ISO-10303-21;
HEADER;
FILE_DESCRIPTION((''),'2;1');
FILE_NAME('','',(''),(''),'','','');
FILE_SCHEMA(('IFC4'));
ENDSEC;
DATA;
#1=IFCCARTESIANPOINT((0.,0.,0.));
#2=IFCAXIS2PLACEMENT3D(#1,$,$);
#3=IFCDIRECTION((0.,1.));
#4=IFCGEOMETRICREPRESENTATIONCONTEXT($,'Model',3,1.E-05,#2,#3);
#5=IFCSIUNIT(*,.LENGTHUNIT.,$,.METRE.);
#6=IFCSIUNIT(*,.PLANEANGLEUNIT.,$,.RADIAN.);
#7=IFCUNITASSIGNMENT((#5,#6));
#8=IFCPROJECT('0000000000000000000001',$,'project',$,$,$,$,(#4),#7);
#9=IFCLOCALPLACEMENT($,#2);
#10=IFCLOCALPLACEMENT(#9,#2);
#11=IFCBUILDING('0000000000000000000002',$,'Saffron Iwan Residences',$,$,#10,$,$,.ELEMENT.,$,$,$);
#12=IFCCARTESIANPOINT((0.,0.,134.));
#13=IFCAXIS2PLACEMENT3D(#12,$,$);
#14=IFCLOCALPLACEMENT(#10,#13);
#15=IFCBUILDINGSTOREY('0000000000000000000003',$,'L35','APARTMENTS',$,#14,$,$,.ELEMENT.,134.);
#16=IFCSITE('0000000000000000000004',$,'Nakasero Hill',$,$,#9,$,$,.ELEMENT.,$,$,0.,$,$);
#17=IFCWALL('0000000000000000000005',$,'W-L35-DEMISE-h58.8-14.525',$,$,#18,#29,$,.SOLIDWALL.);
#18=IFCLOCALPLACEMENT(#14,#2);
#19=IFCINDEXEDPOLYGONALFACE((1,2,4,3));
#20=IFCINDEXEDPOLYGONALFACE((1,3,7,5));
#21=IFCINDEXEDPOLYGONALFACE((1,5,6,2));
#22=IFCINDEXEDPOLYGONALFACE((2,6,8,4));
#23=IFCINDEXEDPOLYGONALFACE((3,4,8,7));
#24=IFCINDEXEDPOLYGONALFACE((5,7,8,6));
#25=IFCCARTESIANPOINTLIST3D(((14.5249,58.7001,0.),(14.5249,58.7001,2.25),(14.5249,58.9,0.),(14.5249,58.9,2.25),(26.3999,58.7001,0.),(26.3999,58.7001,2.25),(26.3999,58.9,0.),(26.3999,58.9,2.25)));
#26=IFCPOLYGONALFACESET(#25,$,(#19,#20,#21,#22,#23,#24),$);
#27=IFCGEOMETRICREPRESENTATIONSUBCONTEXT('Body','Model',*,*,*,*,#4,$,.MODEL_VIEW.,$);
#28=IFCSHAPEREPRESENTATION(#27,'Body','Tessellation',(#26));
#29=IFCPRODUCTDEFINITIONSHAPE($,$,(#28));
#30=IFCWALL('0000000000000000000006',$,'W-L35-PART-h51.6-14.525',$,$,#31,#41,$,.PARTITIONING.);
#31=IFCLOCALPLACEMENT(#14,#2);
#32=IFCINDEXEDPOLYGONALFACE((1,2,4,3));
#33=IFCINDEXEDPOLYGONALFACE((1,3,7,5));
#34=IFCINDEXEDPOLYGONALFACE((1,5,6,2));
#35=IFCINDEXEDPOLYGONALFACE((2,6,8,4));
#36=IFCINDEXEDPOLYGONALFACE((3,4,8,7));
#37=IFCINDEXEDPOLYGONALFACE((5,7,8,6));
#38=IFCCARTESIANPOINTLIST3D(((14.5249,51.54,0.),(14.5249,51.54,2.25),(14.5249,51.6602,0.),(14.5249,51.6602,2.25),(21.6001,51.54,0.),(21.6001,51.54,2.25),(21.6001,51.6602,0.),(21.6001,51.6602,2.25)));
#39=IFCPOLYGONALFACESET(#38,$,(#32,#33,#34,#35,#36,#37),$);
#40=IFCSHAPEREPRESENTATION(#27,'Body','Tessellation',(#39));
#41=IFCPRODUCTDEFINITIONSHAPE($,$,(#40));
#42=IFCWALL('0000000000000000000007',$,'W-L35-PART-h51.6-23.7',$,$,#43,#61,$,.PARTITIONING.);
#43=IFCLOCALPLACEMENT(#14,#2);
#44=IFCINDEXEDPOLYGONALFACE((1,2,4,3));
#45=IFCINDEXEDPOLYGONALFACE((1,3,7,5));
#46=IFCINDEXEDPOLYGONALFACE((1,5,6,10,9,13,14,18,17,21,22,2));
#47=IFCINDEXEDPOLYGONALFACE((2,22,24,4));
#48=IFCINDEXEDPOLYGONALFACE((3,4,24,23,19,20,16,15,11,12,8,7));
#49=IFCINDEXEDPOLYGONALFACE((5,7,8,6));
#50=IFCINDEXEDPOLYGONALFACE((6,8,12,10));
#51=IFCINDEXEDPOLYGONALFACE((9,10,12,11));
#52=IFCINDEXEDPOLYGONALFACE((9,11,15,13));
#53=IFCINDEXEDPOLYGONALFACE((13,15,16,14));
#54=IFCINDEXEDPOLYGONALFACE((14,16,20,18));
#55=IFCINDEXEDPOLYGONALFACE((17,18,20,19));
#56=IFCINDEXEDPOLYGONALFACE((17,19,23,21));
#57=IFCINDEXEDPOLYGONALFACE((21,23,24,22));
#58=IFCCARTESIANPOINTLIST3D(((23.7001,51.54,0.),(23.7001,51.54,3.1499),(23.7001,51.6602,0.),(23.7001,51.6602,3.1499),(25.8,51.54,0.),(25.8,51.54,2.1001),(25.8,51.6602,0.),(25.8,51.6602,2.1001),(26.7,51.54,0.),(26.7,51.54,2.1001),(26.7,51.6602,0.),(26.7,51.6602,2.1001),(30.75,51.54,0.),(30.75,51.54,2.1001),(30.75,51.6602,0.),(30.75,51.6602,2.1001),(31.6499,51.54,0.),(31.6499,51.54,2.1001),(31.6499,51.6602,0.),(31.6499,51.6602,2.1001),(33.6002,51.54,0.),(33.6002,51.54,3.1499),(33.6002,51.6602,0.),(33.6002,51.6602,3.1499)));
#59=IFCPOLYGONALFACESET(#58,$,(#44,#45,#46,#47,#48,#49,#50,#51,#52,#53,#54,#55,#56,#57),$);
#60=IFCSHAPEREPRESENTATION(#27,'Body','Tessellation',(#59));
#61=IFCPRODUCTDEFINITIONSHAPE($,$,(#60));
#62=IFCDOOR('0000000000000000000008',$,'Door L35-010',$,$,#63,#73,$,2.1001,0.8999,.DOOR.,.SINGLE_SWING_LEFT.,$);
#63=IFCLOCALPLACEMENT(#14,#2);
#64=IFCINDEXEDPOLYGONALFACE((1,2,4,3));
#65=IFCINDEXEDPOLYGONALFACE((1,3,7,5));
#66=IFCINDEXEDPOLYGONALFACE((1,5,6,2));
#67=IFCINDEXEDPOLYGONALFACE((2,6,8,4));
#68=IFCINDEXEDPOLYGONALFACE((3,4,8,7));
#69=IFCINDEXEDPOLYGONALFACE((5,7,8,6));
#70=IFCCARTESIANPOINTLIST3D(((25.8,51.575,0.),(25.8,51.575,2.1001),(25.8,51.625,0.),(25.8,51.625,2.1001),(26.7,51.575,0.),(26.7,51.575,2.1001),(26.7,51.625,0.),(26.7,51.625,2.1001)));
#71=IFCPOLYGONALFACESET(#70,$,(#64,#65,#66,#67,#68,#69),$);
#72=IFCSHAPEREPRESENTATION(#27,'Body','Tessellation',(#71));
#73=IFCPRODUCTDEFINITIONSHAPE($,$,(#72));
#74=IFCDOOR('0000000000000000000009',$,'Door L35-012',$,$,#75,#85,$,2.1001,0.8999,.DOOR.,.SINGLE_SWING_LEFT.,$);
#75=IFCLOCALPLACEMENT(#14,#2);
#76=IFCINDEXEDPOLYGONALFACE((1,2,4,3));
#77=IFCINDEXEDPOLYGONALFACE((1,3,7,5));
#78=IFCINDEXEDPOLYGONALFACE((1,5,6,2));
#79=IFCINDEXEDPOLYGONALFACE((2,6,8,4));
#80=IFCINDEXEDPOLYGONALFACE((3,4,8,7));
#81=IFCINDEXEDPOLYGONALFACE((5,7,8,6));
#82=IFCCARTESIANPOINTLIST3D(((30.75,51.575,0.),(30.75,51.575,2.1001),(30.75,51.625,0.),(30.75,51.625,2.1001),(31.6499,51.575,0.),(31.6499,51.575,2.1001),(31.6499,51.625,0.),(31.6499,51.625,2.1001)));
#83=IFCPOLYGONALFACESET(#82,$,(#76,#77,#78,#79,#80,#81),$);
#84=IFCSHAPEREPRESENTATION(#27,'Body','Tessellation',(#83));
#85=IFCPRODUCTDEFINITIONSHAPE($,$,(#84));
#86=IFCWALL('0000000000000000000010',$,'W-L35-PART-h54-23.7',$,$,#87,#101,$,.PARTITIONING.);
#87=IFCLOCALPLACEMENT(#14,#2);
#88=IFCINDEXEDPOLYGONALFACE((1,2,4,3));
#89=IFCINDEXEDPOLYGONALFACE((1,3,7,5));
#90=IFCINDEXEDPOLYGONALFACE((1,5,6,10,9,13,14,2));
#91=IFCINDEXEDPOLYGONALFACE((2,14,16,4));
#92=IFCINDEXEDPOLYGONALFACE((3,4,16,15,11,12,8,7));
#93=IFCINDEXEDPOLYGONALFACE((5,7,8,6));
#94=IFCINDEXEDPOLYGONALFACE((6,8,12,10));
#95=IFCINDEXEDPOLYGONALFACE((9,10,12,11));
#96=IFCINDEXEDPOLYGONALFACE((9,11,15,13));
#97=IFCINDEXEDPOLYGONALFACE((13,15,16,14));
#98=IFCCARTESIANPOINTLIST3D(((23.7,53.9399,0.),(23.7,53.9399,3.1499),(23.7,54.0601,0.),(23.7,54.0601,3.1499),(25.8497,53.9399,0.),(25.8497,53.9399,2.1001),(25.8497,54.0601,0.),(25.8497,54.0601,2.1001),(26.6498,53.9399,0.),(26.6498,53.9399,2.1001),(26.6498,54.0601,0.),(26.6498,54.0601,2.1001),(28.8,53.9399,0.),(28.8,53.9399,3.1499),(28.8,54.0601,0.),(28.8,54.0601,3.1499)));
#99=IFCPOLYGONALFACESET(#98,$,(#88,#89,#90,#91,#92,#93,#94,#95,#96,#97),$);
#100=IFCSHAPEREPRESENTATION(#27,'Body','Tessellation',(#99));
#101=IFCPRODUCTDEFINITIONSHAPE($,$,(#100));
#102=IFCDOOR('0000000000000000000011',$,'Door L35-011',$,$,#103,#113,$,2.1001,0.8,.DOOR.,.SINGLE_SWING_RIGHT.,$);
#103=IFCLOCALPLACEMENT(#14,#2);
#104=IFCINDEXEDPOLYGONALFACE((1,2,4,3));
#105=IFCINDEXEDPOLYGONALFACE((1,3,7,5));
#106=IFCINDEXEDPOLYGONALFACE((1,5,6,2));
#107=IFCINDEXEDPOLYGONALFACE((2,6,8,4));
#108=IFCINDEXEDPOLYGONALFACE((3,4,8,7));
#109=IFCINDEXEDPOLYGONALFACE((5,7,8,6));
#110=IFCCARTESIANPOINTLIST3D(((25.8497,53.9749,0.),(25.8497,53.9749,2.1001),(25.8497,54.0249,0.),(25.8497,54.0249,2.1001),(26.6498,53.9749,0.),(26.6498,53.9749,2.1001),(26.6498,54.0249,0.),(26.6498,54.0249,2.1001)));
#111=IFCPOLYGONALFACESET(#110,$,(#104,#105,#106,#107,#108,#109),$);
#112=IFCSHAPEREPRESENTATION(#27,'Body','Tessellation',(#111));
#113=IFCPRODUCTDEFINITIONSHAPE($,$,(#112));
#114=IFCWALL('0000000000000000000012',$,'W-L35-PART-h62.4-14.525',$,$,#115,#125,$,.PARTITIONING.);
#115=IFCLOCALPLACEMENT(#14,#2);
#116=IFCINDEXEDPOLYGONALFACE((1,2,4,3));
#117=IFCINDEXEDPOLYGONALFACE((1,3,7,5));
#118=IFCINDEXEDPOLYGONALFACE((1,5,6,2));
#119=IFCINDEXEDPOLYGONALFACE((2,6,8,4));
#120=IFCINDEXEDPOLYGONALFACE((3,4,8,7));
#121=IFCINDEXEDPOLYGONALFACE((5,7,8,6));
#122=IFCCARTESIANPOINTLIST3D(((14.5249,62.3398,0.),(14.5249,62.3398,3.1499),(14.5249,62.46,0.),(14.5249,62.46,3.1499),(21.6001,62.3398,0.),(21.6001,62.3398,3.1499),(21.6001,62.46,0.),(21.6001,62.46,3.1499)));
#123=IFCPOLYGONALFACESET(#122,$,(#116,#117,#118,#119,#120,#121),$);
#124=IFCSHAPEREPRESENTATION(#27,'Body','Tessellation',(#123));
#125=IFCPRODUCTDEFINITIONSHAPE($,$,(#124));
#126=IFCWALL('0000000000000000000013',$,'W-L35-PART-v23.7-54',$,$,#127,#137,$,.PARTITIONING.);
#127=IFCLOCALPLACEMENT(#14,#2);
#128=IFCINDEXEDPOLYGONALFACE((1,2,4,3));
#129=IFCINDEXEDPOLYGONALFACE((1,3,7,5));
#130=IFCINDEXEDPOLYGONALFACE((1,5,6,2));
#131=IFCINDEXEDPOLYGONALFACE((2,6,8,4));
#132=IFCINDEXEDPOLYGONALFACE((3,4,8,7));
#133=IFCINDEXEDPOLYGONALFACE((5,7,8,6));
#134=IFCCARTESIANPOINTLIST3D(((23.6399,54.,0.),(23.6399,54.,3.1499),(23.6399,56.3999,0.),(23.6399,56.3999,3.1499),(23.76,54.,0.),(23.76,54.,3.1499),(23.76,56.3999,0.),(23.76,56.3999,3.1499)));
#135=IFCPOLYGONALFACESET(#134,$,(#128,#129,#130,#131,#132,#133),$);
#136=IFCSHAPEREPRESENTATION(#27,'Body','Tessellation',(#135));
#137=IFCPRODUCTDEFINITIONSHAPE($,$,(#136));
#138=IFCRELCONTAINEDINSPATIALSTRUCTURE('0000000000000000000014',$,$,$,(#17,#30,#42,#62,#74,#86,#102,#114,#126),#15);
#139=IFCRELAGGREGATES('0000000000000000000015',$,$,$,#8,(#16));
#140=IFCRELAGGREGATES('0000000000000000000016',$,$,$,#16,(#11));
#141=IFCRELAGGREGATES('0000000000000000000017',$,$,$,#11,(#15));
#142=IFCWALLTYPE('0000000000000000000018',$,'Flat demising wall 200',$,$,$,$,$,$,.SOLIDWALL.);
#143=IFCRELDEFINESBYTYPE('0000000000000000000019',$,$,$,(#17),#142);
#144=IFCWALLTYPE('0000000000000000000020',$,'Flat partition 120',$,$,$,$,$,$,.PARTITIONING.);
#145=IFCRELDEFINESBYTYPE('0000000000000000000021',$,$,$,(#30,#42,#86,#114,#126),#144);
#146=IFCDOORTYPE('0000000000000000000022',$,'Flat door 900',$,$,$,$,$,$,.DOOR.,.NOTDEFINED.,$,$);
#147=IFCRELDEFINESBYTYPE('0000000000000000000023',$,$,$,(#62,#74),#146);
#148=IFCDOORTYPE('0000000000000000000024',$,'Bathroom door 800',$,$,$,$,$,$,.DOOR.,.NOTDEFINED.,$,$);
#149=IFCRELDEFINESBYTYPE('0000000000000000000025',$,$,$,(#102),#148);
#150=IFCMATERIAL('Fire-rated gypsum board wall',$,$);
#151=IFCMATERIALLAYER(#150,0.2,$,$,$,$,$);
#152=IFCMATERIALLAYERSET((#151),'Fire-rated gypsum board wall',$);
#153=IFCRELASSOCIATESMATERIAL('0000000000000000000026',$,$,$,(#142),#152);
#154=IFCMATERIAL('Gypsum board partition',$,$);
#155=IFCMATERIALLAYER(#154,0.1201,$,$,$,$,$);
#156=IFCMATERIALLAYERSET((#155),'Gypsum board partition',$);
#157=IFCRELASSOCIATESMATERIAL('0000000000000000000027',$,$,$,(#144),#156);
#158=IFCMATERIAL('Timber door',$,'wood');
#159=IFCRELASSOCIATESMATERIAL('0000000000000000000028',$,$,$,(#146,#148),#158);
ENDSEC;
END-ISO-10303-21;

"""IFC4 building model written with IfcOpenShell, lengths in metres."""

from ifc_helpers import new_model, si_unit, direction, frame, frame_2d, origin, place, context, subcontext, project, spatial, rectangle, extrude, material, layer, layer_set, type_object, element, fill, save


model = new_model("IFC4")

# Units and contexts
model_context = context("Model", 3, precision=1e-05, world=origin(), true_north=direction((0.0, 1.0)))
body_context = subcontext(model_context, "Body", "Model", "MODEL_VIEW")
ifc_project = project(units=[si_unit("LENGTHUNIT", "METRE"), si_unit("PLANEANGLEUNIT", "RADIAN")], contexts=[model_context])

# Site, building, storey
site_placement = place(None, origin())
site = spatial("IfcSite", under=ifc_project, at=site_placement, Name="Nakasero Hill", CompositionType="ELEMENT", RefElevation=0.0)
building_placement = place(site_placement, origin())
building = spatial("IfcBuilding", under=site, at=building_placement, Name="Saffron Iwan Residences", CompositionType="ELEMENT")
storey_placement = place(building_placement, frame((0.0, 0.0, 134.0)))
storey = spatial("IfcBuildingStorey", under=building, at=storey_placement, Name="L35", Description="APARTMENTS", CompositionType="ELEMENT", Elevation=134.0)

# Walls
ifc_material_1 = material(Name="Fire-rated gypsum board wall")
ifc_layer_1 = layer(ifc_material_1, 0.2)
ifc_layer_set_1 = layer_set([ifc_layer_1], Name="Fire-rated gypsum board wall")
wall_type_1 = type_object("IfcWallType", Name="Flat demising wall 200", PredefinedType="SOLIDWALL", material=ifc_layer_set_1)
wall_1_placement = place(storey_placement, frame((14.5249, 58.8, 0.0), z_axis=(0.0, 0.0, 1.0), x_axis=(1.0, 0.0, 0.0)))
element("IfcWall", 1, at=wall_1_placement, inside=storey, type_object=wall_type_1, Name="W-L35-DEMISE-h58.8-14.525", PredefinedType="SOLIDWALL", context=body_context, shape_type="SweptSolid", body=[
    extrude(rectangle(XDim=11.875, YDim=0.2, at=frame_2d((5.9375, 0.0))), origin(), (0.0, 0.0, 1.0), 2.25),
])
ifc_material_2 = material(Name="Gypsum board partition")
ifc_layer_2 = layer(ifc_material_2, 0.1201)
ifc_layer_set_2 = layer_set([ifc_layer_2], Name="Gypsum board partition")
wall_type_2 = type_object("IfcWallType", Name="Flat partition 120", PredefinedType="PARTITIONING", material=ifc_layer_set_2)
wall_2_placement = place(storey_placement, frame((14.5249, 51.6001, 0.0), z_axis=(0.0, 0.0, 1.0), x_axis=(1.0, 0.0, 0.0)))
element("IfcWall", 2, at=wall_2_placement, inside=storey, type_object=wall_type_2, Name="W-L35-PART-h51.6-14.525", PredefinedType="PARTITIONING", context=body_context, shape_type="SweptSolid", body=[
    extrude(rectangle(XDim=7.0752, YDim=0.1201, at=frame_2d((3.5376, 0.0))), origin(), (0.0, 0.0, 1.0), 2.25),
])

# Wall, openings, doors
wall_3_placement = place(storey_placement, frame((23.7, 51.6001, 0.0), z_axis=(0.0, 0.0, 1.0), x_axis=(1.0, 0.0, 0.0)))
wall_3 = element("IfcWall", 3, at=wall_3_placement, inside=storey, type_object=wall_type_2, Name="W-L35-PART-h51.6-23.7", PredefinedType="PARTITIONING", context=body_context, shape_type="SweptSolid", body=[
    extrude(rectangle(XDim=9.9001, YDim=0.1201, at=frame_2d((4.9502, 0.0))), origin(), (0.0, 0.0, 1.0), 3.1499),
])
opening_1_placement = place(wall_3_placement, frame((2.1001, 0.0, 0.0)))
opening_1 = element("IfcOpeningElement", 4, at=opening_1_placement, cuts=wall_3, PredefinedType="OPENING", context=body_context, shape_type="SweptSolid", body=[
    extrude(rectangle(XDim=0.8999, YDim=2.1001, at=frame_2d((0.45, 1.05))), frame((0.0, 0.0701, 0.0), z_axis=(0.0, -1.0, 0.0), x_axis=(1.0, 0.0, 0.0)), (0.0, 0.0, 1.0), 0.1401),
])
opening_2_placement = place(wall_3_placement, frame((7.05, 0.0, 0.0)))
opening_2 = element("IfcOpeningElement", 5, at=opening_2_placement, cuts=wall_3, PredefinedType="OPENING", context=body_context, shape_type="SweptSolid", body=[
    extrude(rectangle(XDim=0.8999, YDim=2.1001, at=frame_2d((0.45, 1.05))), frame((0.0, 0.0701, 0.0), z_axis=(0.0, -1.0, 0.0), x_axis=(1.0, 0.0, 0.0)), (0.0, 0.0, 1.0), 0.1401),
])
ifc_material_3 = material(Name="Timber door", Category="wood")
door_type_1 = type_object("IfcDoorType", Name="Flat door 900", OperationType="NOTDEFINED", PredefinedType="DOOR", material=ifc_material_3)
door_1_placement = place(opening_1_placement, origin())
door_1 = element("IfcDoor", 6, at=door_1_placement, inside=storey, type_object=door_type_1, Name="Door L35-010", OperationType="SINGLE_SWING_LEFT", OverallHeight=2.1001, OverallWidth=0.8999, PredefinedType="DOOR", context=body_context, shape_type="SweptSolid", body=[
    extrude(rectangle(XDim=0.8999, YDim=2.1001, at=frame_2d((0.45, 1.05))), frame((0.0, 0.0249, 0.0), z_axis=(0.0, -1.0, 0.0), x_axis=(1.0, 0.0, 0.0)), (0.0, 0.0, 1.0), 0.05),
])
fill(opening_1, door_1)
door_2_placement = place(opening_2_placement, origin())
door_2 = element("IfcDoor", 7, at=door_2_placement, inside=storey, type_object=door_type_1, Name="Door L35-012", OperationType="SINGLE_SWING_LEFT", OverallHeight=2.1001, OverallWidth=0.8999, PredefinedType="DOOR", context=body_context, shape_type="SweptSolid", body=[
    extrude(rectangle(XDim=0.8999, YDim=2.1001, at=frame_2d((0.45, 1.05))), frame((0.0, 0.0249, 0.0), z_axis=(0.0, -1.0, 0.0), x_axis=(1.0, 0.0, 0.0)), (0.0, 0.0, 1.0), 0.05),
])
fill(opening_2, door_2)

# Wall, opening, door
wall_4_placement = place(storey_placement, frame((23.7, 54.0, 0.0), z_axis=(0.0, 0.0, 1.0), x_axis=(1.0, 0.0, 0.0)))
wall_4 = element("IfcWall", 8, at=wall_4_placement, inside=storey, type_object=wall_type_2, Name="W-L35-PART-h54-23.7", PredefinedType="PARTITIONING", context=body_context, shape_type="SweptSolid", body=[
    extrude(rectangle(XDim=5.1001, YDim=0.1201, at=frame_2d((2.55, 0.0))), origin(), (0.0, 0.0, 1.0), 3.1499),
])
opening_3_placement = place(wall_4_placement, frame((2.1499, 0.0, 0.0)))
opening_3 = element("IfcOpeningElement", 9, at=opening_3_placement, cuts=wall_4, PredefinedType="OPENING", context=body_context, shape_type="SweptSolid", body=[
    extrude(rectangle(XDim=0.8, YDim=2.1001, at=frame_2d((0.3999, 1.05))), frame((0.0, 0.0701, 0.0), z_axis=(0.0, -1.0, 0.0), x_axis=(1.0, 0.0, 0.0)), (0.0, 0.0, 1.0), 0.1401),
])
door_type_2 = type_object("IfcDoorType", Name="Bathroom door 800", OperationType="NOTDEFINED", PredefinedType="DOOR", material=ifc_material_3)
door_3_placement = place(opening_3_placement, origin())
door_3 = element("IfcDoor", 10, at=door_3_placement, inside=storey, type_object=door_type_2, Name="Door L35-011", OperationType="SINGLE_SWING_RIGHT", OverallHeight=2.1001, OverallWidth=0.8, PredefinedType="DOOR", context=body_context, shape_type="SweptSolid", body=[
    extrude(rectangle(XDim=0.8, YDim=2.1001, at=frame_2d((0.3999, 1.05))), frame((0.0, 0.0249, 0.0), z_axis=(0.0, -1.0, 0.0), x_axis=(1.0, 0.0, 0.0)), (0.0, 0.0, 1.0), 0.05),
])
fill(opening_3, door_3)

# Walls
wall_5_placement = place(storey_placement, frame((14.5249, 62.3999, 0.0), z_axis=(0.0, 0.0, 1.0), x_axis=(1.0, 0.0, 0.0)))
element("IfcWall", 11, at=wall_5_placement, inside=storey, type_object=wall_type_2, Name="W-L35-PART-h62.4-14.525", PredefinedType="PARTITIONING", context=body_context, shape_type="SweptSolid", body=[
    extrude(rectangle(XDim=7.0752, YDim=0.1201, at=frame_2d((3.5376, 0.0))), origin(), (0.0, 0.0, 1.0), 3.1499),
])
wall_6_placement = place(storey_placement, frame((23.7, 54.0, 0.0), z_axis=(0.0, 0.0, 1.0), x_axis=(0.0, 1.0, 0.0)))
element("IfcWall", 12, at=wall_6_placement, inside=storey, type_object=wall_type_2, Name="W-L35-PART-v23.7-54", PredefinedType="PARTITIONING", context=body_context, shape_type="SweptSolid", body=[
    extrude(rectangle(XDim=2.3999, YDim=0.1201, at=frame_2d((1.2, 0.0))), origin(), (0.0, 0.0, 1.0), 3.1499),
])

save(model, "model.ifc")
